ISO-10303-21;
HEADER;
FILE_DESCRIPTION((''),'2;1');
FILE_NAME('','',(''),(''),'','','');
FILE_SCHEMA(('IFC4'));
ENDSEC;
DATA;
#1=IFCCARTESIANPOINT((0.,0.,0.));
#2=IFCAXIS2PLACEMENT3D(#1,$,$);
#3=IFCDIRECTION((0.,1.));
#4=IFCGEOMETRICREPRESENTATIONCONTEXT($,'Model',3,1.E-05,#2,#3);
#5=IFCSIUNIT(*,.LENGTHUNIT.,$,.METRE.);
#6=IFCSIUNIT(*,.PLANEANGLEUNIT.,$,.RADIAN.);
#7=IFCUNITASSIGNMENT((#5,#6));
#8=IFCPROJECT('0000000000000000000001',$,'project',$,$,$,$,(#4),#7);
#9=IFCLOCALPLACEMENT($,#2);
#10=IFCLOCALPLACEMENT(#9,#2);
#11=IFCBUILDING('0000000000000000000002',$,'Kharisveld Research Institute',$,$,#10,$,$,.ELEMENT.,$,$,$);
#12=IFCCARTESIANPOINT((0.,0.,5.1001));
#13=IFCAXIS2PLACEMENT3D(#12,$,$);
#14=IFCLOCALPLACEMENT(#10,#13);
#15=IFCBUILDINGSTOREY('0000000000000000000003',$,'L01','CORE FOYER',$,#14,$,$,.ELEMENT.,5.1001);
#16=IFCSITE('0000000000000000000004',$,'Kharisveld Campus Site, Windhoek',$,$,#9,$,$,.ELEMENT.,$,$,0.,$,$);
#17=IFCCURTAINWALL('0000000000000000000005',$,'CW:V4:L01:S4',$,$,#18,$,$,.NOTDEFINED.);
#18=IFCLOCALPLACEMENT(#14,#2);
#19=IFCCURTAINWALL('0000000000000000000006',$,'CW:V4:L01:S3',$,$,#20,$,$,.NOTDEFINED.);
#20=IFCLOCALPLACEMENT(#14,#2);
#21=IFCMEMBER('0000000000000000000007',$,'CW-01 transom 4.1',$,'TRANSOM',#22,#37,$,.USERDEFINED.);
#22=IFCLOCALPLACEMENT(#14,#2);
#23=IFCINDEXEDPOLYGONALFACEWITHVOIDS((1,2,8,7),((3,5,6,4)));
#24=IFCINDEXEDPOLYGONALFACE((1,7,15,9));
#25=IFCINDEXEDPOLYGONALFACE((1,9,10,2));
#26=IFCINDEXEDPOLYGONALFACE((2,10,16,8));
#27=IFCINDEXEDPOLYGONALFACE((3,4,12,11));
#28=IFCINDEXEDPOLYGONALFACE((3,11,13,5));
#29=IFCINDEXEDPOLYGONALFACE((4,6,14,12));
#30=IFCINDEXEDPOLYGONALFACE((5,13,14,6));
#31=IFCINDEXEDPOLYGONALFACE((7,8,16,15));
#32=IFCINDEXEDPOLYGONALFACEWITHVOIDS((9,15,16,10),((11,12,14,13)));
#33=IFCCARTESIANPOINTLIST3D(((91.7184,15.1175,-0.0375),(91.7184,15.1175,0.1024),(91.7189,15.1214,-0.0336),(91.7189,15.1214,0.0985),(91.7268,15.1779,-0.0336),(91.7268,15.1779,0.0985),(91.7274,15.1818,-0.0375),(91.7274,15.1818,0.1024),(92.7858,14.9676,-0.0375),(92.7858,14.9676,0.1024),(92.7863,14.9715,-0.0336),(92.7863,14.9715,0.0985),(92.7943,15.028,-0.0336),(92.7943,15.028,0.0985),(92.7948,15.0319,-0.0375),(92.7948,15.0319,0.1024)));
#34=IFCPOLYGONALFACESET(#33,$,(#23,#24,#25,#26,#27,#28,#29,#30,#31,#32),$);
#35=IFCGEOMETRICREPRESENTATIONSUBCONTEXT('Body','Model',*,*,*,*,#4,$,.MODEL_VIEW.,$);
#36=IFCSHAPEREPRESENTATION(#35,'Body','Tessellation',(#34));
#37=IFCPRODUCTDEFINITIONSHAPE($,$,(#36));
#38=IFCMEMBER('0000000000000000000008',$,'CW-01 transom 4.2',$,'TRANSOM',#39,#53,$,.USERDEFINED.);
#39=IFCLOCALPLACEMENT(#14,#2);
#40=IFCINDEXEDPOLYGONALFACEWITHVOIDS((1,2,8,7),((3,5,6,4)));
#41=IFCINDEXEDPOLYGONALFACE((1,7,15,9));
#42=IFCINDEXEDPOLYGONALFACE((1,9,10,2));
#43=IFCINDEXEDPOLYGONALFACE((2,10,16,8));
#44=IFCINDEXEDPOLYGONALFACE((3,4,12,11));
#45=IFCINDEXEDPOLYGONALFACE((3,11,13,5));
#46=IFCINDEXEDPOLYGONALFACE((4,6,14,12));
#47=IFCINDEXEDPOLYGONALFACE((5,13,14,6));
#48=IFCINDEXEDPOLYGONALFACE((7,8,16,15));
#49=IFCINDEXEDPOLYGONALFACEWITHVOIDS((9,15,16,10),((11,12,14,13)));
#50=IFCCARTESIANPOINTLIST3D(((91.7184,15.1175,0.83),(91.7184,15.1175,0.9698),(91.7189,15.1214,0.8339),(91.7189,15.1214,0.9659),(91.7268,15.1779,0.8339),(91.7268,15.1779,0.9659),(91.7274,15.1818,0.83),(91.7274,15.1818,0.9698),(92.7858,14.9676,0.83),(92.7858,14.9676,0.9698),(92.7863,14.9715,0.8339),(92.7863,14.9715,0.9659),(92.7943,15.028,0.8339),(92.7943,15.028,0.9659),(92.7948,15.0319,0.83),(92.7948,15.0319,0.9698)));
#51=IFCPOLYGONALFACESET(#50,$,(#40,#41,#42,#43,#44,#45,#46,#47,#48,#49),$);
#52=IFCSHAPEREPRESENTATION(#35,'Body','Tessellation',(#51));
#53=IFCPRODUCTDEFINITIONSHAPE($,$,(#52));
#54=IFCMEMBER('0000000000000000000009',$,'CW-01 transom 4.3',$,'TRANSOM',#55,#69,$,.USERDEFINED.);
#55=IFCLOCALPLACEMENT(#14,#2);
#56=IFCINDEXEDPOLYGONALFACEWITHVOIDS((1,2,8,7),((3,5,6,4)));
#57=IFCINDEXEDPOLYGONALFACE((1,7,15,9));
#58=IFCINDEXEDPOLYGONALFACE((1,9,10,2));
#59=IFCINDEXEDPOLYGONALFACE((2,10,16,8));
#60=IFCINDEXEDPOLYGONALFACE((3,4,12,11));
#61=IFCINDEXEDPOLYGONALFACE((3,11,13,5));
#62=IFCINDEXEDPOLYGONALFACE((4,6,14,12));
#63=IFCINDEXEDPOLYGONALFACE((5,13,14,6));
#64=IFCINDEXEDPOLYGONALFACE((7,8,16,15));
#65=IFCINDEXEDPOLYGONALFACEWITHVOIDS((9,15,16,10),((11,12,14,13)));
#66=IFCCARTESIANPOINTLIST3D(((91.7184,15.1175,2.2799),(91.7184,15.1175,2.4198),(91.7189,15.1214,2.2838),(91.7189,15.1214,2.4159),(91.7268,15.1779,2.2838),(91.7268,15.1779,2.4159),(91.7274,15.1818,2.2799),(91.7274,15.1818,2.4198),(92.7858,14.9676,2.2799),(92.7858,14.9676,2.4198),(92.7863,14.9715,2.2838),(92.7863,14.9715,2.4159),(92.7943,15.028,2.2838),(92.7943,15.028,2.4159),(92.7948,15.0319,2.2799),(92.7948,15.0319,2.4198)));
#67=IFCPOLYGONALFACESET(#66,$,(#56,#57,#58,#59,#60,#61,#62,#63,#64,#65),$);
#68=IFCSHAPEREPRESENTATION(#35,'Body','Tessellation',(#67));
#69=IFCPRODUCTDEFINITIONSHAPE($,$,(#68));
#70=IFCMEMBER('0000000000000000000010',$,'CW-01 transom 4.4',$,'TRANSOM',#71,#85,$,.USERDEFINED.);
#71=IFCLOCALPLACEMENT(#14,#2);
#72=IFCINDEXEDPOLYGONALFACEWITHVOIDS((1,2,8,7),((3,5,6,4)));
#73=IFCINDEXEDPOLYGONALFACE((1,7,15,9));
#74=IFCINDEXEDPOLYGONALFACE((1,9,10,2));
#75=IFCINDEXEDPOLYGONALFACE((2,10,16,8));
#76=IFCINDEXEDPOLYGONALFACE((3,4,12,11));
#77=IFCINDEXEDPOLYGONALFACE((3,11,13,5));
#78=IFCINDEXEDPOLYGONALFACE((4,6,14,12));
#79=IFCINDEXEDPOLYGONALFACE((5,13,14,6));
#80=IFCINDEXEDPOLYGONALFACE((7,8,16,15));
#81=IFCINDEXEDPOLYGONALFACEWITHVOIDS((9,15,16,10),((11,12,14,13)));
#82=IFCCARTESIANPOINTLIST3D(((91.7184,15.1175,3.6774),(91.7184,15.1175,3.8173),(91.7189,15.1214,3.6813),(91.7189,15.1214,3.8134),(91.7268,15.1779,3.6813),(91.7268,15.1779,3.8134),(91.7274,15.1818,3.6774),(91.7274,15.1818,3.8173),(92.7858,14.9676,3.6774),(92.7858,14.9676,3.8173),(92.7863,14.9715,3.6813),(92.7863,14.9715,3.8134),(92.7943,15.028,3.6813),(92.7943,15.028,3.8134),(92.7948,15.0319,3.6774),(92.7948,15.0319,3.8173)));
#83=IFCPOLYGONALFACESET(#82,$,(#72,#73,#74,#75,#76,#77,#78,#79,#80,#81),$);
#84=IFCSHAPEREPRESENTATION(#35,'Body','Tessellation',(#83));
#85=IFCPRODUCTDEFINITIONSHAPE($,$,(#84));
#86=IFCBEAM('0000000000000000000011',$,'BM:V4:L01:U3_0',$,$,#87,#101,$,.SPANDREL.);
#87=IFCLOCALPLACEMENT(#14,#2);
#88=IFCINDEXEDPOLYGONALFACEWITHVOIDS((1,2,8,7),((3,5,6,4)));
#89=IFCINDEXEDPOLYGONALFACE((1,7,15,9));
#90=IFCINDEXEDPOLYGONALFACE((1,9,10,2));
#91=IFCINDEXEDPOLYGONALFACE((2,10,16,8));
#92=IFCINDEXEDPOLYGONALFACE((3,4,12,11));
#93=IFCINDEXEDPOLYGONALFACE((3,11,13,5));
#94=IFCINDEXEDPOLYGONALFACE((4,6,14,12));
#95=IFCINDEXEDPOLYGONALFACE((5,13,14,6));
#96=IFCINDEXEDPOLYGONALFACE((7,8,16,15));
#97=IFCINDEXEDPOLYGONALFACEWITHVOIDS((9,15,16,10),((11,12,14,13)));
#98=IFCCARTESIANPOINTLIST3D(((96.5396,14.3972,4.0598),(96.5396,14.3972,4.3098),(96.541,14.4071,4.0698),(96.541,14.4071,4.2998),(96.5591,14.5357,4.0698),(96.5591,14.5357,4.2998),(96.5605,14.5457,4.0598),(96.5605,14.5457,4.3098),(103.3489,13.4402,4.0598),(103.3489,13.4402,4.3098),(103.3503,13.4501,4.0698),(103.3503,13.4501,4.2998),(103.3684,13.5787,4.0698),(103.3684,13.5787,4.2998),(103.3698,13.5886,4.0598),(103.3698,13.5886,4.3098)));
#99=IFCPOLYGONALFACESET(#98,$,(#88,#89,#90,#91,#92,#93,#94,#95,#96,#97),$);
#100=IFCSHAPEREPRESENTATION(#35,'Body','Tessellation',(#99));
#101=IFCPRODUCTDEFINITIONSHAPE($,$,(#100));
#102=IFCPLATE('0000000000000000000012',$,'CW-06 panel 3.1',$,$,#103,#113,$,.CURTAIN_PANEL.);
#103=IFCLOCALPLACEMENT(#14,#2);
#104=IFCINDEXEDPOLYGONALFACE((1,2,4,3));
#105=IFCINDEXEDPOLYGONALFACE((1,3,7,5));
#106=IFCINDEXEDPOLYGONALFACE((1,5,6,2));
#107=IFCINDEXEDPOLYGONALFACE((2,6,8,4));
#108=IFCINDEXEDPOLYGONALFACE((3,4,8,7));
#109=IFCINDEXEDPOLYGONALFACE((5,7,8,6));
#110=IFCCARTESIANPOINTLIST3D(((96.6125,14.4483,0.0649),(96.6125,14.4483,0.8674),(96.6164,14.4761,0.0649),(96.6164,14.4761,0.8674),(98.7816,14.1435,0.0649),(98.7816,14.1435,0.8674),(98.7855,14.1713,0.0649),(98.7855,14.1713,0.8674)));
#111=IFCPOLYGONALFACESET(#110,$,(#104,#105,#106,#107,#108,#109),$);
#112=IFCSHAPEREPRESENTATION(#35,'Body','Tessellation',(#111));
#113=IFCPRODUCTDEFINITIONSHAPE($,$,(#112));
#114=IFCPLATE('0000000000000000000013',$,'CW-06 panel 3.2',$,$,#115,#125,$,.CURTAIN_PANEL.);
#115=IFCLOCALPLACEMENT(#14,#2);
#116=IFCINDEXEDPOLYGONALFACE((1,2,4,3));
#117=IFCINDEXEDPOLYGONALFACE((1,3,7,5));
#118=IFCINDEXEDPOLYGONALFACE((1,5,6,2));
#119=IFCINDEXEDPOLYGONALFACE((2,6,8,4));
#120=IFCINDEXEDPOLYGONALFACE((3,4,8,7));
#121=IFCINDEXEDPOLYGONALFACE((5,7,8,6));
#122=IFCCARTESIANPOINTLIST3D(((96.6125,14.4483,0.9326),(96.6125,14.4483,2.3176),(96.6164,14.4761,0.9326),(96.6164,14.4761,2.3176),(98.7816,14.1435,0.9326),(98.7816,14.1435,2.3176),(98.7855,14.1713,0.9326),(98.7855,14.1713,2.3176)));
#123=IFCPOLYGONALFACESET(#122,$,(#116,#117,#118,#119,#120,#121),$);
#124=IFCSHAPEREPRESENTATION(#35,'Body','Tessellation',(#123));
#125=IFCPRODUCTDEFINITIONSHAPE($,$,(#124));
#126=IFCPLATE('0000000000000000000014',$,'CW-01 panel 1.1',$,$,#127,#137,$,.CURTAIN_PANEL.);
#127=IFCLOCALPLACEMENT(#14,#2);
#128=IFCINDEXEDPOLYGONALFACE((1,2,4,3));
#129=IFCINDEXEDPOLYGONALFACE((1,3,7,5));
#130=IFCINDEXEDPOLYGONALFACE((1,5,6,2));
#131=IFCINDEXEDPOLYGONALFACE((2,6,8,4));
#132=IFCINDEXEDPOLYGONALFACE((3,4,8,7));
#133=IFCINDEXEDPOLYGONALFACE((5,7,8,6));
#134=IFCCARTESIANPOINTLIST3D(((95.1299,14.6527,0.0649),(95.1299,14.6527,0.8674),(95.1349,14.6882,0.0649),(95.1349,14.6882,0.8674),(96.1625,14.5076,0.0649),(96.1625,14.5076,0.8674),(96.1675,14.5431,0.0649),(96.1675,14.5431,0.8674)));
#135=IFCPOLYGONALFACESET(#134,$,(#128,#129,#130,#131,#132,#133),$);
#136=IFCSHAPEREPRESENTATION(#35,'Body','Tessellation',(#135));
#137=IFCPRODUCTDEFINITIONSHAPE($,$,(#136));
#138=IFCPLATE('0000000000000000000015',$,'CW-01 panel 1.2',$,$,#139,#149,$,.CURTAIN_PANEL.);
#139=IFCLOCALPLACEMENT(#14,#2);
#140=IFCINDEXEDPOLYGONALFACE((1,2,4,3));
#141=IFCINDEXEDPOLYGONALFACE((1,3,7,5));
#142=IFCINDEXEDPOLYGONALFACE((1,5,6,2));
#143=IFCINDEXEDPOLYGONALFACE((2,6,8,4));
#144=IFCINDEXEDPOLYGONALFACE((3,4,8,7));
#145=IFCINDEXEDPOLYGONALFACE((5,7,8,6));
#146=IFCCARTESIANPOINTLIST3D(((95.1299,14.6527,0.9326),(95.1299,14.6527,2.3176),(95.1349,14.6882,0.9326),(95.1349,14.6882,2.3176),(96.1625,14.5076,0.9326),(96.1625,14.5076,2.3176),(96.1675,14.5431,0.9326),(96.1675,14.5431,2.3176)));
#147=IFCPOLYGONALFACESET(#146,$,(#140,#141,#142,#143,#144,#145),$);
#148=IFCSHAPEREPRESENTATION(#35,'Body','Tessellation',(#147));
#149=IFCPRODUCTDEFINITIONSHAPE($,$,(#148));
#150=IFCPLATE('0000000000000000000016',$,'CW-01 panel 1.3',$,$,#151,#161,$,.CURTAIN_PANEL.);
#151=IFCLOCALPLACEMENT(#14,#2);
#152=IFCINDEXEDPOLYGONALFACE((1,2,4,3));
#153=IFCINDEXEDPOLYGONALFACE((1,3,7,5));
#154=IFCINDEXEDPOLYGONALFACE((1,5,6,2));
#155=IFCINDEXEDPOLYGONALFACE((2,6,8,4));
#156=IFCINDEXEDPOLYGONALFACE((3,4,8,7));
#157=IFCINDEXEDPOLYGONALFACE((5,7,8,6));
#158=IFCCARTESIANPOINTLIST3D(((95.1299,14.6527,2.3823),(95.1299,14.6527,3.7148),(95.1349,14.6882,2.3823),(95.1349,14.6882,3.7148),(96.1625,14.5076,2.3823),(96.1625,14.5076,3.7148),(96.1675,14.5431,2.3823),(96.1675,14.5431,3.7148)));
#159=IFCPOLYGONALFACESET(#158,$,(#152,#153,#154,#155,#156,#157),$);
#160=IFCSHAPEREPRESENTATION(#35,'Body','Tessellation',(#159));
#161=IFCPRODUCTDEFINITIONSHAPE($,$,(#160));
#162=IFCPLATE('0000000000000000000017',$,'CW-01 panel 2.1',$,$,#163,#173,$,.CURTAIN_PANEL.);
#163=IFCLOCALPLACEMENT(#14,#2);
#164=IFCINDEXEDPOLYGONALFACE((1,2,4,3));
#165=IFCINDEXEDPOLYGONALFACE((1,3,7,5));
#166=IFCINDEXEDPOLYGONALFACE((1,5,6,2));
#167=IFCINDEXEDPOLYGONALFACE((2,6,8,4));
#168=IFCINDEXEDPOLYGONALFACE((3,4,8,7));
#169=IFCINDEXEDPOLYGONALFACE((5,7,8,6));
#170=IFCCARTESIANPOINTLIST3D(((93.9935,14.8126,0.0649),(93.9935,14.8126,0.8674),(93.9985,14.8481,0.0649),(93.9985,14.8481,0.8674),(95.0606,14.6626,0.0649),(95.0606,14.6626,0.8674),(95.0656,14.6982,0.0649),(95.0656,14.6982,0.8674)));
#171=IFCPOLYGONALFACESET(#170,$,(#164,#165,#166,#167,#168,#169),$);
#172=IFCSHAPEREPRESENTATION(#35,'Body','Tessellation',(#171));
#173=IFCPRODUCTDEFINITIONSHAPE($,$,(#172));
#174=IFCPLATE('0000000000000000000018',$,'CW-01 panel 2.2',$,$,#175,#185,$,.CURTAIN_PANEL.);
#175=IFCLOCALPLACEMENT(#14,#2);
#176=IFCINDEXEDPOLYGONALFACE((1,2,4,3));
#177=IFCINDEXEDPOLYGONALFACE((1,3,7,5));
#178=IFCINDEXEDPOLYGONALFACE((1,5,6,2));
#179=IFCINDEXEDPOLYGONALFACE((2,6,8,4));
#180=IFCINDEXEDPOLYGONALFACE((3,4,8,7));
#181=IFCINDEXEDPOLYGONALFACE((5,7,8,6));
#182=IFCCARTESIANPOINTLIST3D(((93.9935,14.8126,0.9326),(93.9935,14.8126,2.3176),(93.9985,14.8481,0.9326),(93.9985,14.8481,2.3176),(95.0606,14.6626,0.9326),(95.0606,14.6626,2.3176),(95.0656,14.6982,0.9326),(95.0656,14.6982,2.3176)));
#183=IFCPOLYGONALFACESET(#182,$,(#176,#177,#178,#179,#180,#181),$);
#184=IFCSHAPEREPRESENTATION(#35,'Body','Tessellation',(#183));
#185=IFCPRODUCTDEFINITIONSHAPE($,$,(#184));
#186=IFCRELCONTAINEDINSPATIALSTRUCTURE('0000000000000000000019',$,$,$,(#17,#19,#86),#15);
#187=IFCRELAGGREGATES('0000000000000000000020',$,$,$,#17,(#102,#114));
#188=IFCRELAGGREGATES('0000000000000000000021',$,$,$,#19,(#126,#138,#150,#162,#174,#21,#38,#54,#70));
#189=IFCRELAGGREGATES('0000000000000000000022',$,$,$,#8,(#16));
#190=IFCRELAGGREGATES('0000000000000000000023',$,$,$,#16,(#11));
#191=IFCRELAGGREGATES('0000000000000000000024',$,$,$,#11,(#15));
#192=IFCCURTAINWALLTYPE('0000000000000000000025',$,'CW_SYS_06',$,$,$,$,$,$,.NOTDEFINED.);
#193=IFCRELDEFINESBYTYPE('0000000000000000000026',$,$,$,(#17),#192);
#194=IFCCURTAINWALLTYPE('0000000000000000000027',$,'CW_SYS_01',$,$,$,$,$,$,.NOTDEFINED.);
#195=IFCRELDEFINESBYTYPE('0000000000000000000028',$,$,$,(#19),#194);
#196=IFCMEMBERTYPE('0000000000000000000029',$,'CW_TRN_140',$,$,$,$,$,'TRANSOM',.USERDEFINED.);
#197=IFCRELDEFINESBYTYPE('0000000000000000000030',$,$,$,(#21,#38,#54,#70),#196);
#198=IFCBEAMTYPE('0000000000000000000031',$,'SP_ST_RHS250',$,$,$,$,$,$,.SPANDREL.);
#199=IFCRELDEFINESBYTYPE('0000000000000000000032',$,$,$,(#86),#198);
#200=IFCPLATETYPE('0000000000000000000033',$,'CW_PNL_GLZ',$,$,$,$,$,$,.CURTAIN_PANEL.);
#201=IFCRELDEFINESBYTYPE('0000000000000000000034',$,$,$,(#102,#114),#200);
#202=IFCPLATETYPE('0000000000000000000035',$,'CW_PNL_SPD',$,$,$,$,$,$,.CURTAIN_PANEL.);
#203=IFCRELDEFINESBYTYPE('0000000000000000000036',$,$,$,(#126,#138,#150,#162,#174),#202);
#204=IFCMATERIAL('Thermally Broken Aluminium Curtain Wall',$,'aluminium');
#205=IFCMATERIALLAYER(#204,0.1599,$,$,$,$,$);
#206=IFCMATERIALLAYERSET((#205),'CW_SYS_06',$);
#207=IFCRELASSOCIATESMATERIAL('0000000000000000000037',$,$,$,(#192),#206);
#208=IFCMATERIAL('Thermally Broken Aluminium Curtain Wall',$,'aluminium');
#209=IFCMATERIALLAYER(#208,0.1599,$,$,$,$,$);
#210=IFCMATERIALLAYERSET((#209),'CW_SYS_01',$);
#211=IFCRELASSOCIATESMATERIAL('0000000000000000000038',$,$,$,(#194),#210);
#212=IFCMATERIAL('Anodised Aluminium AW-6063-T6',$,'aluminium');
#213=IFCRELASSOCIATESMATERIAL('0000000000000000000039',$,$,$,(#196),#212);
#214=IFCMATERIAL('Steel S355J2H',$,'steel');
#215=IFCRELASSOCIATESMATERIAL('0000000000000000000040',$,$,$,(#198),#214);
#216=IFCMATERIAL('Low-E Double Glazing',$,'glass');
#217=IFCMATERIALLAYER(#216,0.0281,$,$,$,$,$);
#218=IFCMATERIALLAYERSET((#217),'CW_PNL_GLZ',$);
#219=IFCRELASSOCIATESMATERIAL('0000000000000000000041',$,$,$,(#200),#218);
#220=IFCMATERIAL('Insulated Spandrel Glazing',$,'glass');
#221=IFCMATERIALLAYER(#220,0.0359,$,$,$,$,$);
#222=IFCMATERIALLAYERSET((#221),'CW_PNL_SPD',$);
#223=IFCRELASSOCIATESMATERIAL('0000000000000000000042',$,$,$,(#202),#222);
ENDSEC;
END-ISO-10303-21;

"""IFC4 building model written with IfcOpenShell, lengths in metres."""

from ifc_helpers import new_model, si_unit, direction, frame, origin, origin_2d, place, context, subcontext, project, spatial, rectangle, hollow_rectangle, extrude, material, layer, layer_set, material_profile, profile_set, type_object, element, aggregate, save


model = new_model("IFC4")

# Units and contexts
model_context = context("Model", 3, precision=1e-05, world=origin(), true_north=direction((0.0, 1.0)))
body_context = subcontext(model_context, "Body", "Model", "MODEL_VIEW")
ifc_project = project(units=[si_unit("LENGTHUNIT", "METRE"), si_unit("PLANEANGLEUNIT", "RADIAN")], contexts=[model_context])

# Site, building, storey
site_placement = place(None, origin())
site = spatial("IfcSite", under=ifc_project, at=site_placement, Name="Kharisveld Campus Site, Windhoek", CompositionType="ELEMENT", RefElevation=0.0)
building_placement = place(site_placement, origin())
building = spatial("IfcBuilding", under=site, at=building_placement, Name="Kharisveld Research Institute", CompositionType="ELEMENT")
storey_placement = place(building_placement, frame((0.0, 0.0, 5.1001)))
storey = spatial("IfcBuildingStorey", under=building, at=storey_placement, Name="L01", Description="CORE FOYER", CompositionType="ELEMENT", Elevation=5.1001)

# Curtain wall
ifc_material_1 = material(Name="Thermally Broken Aluminium Curtain Wall", Category="aluminium")
ifc_layer_1 = layer(ifc_material_1, 0.1599)
ifc_layer_set_1 = layer_set([ifc_layer_1], Name="CW_SYS_06")
curtain_wall_type_1 = type_object("IfcCurtainWallType", Name="CW_SYS_06", PredefinedType="NOTDEFINED", material=ifc_layer_set_1)
curtain_wall_1_placement = place(storey_placement, origin())
curtain_wall_1 = element("IfcCurtainWall", 1, at=curtain_wall_1_placement, inside=storey, type_object=curtain_wall_type_1, Name="CW:V4:L01:S4", PredefinedType="NOTDEFINED")

# Curtain wall, members
ifc_material_2 = material(Name="Thermally Broken Aluminium Curtain Wall", Category="aluminium")
ifc_layer_2 = layer(ifc_material_2, 0.1599)
ifc_layer_set_2 = layer_set([ifc_layer_2], Name="CW_SYS_01")
curtain_wall_type_2 = type_object("IfcCurtainWallType", Name="CW_SYS_01", PredefinedType="NOTDEFINED", material=ifc_layer_set_2)
curtain_wall_2_placement = place(storey_placement, origin())
curtain_wall_2 = element("IfcCurtainWall", 2, at=curtain_wall_2_placement, inside=storey, type_object=curtain_wall_type_2, Name="CW:V4:L01:S3", PredefinedType="NOTDEFINED")
ifc_material_3 = material(Name="Anodised Aluminium AW-6063-T6", Category="aluminium")
ifc_material_profile_1 = material_profile(ifc_material_3, hollow_rectangle(XDim=0.0649, YDim=0.1399, WallThickness=0.0039, at=origin_2d()))
ifc_profile_set_1 = profile_set([ifc_material_profile_1], Name="Anodised Aluminium AW-6063-T6")
member_type_1 = type_object("IfcMemberType", Name="CW_TRN_140", ElementType="TRANSOM", PredefinedType="USERDEFINED", material=ifc_profile_set_1)
member_1_placement = place(storey_placement, frame((92.7903, 14.9998, 0.0325), z_axis=(-0.990282, 0.139074, 0.0), x_axis=(-0.139074, -0.990282, 0.0)))
member_1 = element("IfcMember", 3, at=member_1_placement, type_object=member_type_1, Name="CW-01 transom 4.1", ObjectType="TRANSOM", PredefinedType="USERDEFINED", context=body_context, shape_type="SweptSolid", body=[
    extrude(hollow_rectangle(XDim=0.0649, YDim=0.1399, WallThickness=0.0039, at=origin_2d()), origin(), (0.0, 0.0, 1.0), 1.0779),
])
member_2_placement = place(storey_placement, frame((92.7903, 14.9998, 0.8999), z_axis=(-0.990282, 0.139074, 0.0), x_axis=(-0.139074, -0.990282, 0.0)))
member_2 = element("IfcMember", 4, at=member_2_placement, type_object=member_type_1, Name="CW-01 transom 4.2", ObjectType="TRANSOM", PredefinedType="USERDEFINED", context=body_context, shape_type="SweptSolid", body=[
    extrude(hollow_rectangle(XDim=0.0649, YDim=0.1399, WallThickness=0.0039, at=origin_2d()), origin(), (0.0, 0.0, 1.0), 1.0779),
])
member_3_placement = place(storey_placement, frame((92.7903, 14.9998, 2.3499), z_axis=(-0.990282, 0.139074, 0.0), x_axis=(-0.139074, -0.990282, 0.0)))
member_3 = element("IfcMember", 5, at=member_3_placement, type_object=member_type_1, Name="CW-01 transom 4.3", ObjectType="TRANSOM", PredefinedType="USERDEFINED", context=body_context, shape_type="SweptSolid", body=[
    extrude(hollow_rectangle(XDim=0.0649, YDim=0.1399, WallThickness=0.0039, at=origin_2d()), origin(), (0.0, 0.0, 1.0), 1.0779),
])
member_4_placement = place(storey_placement, frame((92.7903, 14.9998, 3.7473), z_axis=(-0.990282, 0.139074, 0.0), x_axis=(-0.139074, -0.990282, 0.0)))
member_4 = element("IfcMember", 6, at=member_4_placement, type_object=member_type_1, Name="CW-01 transom 4.4", ObjectType="TRANSOM", PredefinedType="USERDEFINED", context=body_context, shape_type="SweptSolid", body=[
    extrude(hollow_rectangle(XDim=0.0649, YDim=0.1399, WallThickness=0.0039, at=origin_2d()), origin(), (0.0, 0.0, 1.0), 1.0779),
])

# Beam
ifc_material_4 = material(Name="Steel S355J2H", Category="steel")
ifc_material_profile_2 = material_profile(ifc_material_4, hollow_rectangle(XDim=0.1499, YDim=0.25, WallThickness=0.01, at=origin_2d()))
ifc_profile_set_2 = profile_set([ifc_material_profile_2], Name="Steel S355J2H")
beam_type_1 = type_object("IfcBeamType", Name="SP_ST_RHS250", PredefinedType="SPANDREL", material=ifc_profile_set_2)
beam_1_placement = place(storey_placement, frame((96.55, 14.4714, 4.1848), z_axis=(0.990267, -0.139179, 0.0), x_axis=(0.139179, 0.990267, 0.0)))
element("IfcBeam", 7, at=beam_1_placement, inside=storey, type_object=beam_type_1, Name="BM:V4:L01:U3_0", PredefinedType="SPANDREL", context=body_context, shape_type="SweptSolid", body=[
    extrude(hollow_rectangle(XDim=0.1499, YDim=0.25, WallThickness=0.01, at=origin_2d()), origin(), (0.0, 0.0, 1.0), 6.8762),
])

# Plates
ifc_material_5 = material(Name="Low-E Double Glazing", Category="glass")
ifc_layer_3 = layer(ifc_material_5, 0.0281)
ifc_layer_set_3 = layer_set([ifc_layer_3], Name="CW_PNL_GLZ")
plate_type_1 = type_object("IfcPlateType", Name="CW_PNL_GLZ", PredefinedType="CURTAIN_PANEL", material=ifc_layer_set_3)
plate_1_placement = place(storey_placement, frame((97.699, 14.3098, 0.0649), z_axis=(0.0, 0.0, 1.0), x_axis=(-0.990268, 0.139173, 0.0)))
plate_1 = element("IfcPlate", 8, at=plate_1_placement, type_object=plate_type_1, Name="CW-06 panel 3.1", PredefinedType="CURTAIN_PANEL", context=body_context, shape_type="SweptSolid", body=[
    extrude(rectangle(XDim=2.1904, YDim=0.0281, at=origin_2d()), origin(), (0.0, 0.0, 1.0), 0.8025),
])
plate_2_placement = place(storey_placement, frame((97.699, 14.3098, 0.9326), z_axis=(0.0, 0.0, 1.0), x_axis=(-0.990268, 0.139173, 0.0)))
plate_2 = element("IfcPlate", 9, at=plate_2_placement, type_object=plate_type_1, Name="CW-06 panel 3.2", PredefinedType="CURTAIN_PANEL", context=body_context, shape_type="SweptSolid", body=[
    extrude(rectangle(XDim=2.1904, YDim=0.0281, at=origin_2d()), origin(), (0.0, 0.0, 1.0), 1.385),
])
aggregate(curtain_wall_1, [plate_1, plate_2])
ifc_material_6 = material(Name="Insulated Spandrel Glazing", Category="glass")
ifc_layer_4 = layer(ifc_material_6, 0.0359)
ifc_layer_set_4 = layer_set([ifc_layer_4], Name="CW_PNL_SPD")
plate_type_2 = type_object("IfcPlateType", Name="CW_PNL_SPD", PredefinedType="CURTAIN_PANEL", material=ifc_layer_set_4)
plate_3_placement = place(storey_placement, frame((95.6487, 14.5979, 0.0649), z_axis=(0.0, 0.0, 1.0), x_axis=(-0.990268, 0.139173, 0.0)))
plate_3 = element("IfcPlate", 10, at=plate_3_placement, type_object=plate_type_2, Name="CW-01 panel 1.1", PredefinedType="CURTAIN_PANEL", context=body_context, shape_type="SweptSolid", body=[
    extrude(rectangle(XDim=1.0427, YDim=0.0359, at=origin_2d()), origin(), (0.0, 0.0, 1.0), 0.8025),
])
plate_4_placement = place(storey_placement, frame((95.6487, 14.5979, 0.9326), z_axis=(0.0, 0.0, 1.0), x_axis=(-0.990268, 0.139173, 0.0)))
plate_4 = element("IfcPlate", 11, at=plate_4_placement, type_object=plate_type_2, Name="CW-01 panel 1.2", PredefinedType="CURTAIN_PANEL", context=body_context, shape_type="SweptSolid", body=[
    extrude(rectangle(XDim=1.0427, YDim=0.0359, at=origin_2d()), origin(), (0.0, 0.0, 1.0), 1.385),
])
plate_5_placement = place(storey_placement, frame((95.6487, 14.5979, 2.3823), z_axis=(0.0, 0.0, 1.0), x_axis=(-0.990268, 0.139173, 0.0)))
plate_5 = element("IfcPlate", 12, at=plate_5_placement, type_object=plate_type_2, Name="CW-01 panel 1.3", PredefinedType="CURTAIN_PANEL", context=body_context, shape_type="SweptSolid", body=[
    extrude(rectangle(XDim=1.0427, YDim=0.0359, at=origin_2d()), origin(), (0.0, 0.0, 1.0), 1.3325),
])
plate_6_placement = place(storey_placement, frame((94.5295, 14.7554, 0.0649), z_axis=(0.0, 0.0, 1.0), x_axis=(-0.990268, 0.139173, 0.0)))
plate_6 = element("IfcPlate", 13, at=plate_6_placement, type_object=plate_type_2, Name="CW-01 panel 2.1", PredefinedType="CURTAIN_PANEL", context=body_context, shape_type="SweptSolid", body=[
    extrude(rectangle(XDim=1.0776, YDim=0.0359, at=origin_2d()), origin(), (0.0, 0.0, 1.0), 0.8025),
])
plate_7_placement = place(storey_placement, frame((94.5295, 14.7554, 0.9326), z_axis=(0.0, 0.0, 1.0), x_axis=(-0.990268, 0.139173, 0.0)))
plate_7 = element("IfcPlate", 14, at=plate_7_placement, type_object=plate_type_2, Name="CW-01 panel 2.2", PredefinedType="CURTAIN_PANEL", context=body_context, shape_type="SweptSolid", body=[
    extrude(rectangle(XDim=1.0776, YDim=0.0359, at=origin_2d()), origin(), (0.0, 0.0, 1.0), 1.385),
])
aggregate(curtain_wall_2, [plate_3, plate_4, plate_5, plate_6, plate_7, member_1, member_2, member_3, member_4])

save(model, "model.ifc")
